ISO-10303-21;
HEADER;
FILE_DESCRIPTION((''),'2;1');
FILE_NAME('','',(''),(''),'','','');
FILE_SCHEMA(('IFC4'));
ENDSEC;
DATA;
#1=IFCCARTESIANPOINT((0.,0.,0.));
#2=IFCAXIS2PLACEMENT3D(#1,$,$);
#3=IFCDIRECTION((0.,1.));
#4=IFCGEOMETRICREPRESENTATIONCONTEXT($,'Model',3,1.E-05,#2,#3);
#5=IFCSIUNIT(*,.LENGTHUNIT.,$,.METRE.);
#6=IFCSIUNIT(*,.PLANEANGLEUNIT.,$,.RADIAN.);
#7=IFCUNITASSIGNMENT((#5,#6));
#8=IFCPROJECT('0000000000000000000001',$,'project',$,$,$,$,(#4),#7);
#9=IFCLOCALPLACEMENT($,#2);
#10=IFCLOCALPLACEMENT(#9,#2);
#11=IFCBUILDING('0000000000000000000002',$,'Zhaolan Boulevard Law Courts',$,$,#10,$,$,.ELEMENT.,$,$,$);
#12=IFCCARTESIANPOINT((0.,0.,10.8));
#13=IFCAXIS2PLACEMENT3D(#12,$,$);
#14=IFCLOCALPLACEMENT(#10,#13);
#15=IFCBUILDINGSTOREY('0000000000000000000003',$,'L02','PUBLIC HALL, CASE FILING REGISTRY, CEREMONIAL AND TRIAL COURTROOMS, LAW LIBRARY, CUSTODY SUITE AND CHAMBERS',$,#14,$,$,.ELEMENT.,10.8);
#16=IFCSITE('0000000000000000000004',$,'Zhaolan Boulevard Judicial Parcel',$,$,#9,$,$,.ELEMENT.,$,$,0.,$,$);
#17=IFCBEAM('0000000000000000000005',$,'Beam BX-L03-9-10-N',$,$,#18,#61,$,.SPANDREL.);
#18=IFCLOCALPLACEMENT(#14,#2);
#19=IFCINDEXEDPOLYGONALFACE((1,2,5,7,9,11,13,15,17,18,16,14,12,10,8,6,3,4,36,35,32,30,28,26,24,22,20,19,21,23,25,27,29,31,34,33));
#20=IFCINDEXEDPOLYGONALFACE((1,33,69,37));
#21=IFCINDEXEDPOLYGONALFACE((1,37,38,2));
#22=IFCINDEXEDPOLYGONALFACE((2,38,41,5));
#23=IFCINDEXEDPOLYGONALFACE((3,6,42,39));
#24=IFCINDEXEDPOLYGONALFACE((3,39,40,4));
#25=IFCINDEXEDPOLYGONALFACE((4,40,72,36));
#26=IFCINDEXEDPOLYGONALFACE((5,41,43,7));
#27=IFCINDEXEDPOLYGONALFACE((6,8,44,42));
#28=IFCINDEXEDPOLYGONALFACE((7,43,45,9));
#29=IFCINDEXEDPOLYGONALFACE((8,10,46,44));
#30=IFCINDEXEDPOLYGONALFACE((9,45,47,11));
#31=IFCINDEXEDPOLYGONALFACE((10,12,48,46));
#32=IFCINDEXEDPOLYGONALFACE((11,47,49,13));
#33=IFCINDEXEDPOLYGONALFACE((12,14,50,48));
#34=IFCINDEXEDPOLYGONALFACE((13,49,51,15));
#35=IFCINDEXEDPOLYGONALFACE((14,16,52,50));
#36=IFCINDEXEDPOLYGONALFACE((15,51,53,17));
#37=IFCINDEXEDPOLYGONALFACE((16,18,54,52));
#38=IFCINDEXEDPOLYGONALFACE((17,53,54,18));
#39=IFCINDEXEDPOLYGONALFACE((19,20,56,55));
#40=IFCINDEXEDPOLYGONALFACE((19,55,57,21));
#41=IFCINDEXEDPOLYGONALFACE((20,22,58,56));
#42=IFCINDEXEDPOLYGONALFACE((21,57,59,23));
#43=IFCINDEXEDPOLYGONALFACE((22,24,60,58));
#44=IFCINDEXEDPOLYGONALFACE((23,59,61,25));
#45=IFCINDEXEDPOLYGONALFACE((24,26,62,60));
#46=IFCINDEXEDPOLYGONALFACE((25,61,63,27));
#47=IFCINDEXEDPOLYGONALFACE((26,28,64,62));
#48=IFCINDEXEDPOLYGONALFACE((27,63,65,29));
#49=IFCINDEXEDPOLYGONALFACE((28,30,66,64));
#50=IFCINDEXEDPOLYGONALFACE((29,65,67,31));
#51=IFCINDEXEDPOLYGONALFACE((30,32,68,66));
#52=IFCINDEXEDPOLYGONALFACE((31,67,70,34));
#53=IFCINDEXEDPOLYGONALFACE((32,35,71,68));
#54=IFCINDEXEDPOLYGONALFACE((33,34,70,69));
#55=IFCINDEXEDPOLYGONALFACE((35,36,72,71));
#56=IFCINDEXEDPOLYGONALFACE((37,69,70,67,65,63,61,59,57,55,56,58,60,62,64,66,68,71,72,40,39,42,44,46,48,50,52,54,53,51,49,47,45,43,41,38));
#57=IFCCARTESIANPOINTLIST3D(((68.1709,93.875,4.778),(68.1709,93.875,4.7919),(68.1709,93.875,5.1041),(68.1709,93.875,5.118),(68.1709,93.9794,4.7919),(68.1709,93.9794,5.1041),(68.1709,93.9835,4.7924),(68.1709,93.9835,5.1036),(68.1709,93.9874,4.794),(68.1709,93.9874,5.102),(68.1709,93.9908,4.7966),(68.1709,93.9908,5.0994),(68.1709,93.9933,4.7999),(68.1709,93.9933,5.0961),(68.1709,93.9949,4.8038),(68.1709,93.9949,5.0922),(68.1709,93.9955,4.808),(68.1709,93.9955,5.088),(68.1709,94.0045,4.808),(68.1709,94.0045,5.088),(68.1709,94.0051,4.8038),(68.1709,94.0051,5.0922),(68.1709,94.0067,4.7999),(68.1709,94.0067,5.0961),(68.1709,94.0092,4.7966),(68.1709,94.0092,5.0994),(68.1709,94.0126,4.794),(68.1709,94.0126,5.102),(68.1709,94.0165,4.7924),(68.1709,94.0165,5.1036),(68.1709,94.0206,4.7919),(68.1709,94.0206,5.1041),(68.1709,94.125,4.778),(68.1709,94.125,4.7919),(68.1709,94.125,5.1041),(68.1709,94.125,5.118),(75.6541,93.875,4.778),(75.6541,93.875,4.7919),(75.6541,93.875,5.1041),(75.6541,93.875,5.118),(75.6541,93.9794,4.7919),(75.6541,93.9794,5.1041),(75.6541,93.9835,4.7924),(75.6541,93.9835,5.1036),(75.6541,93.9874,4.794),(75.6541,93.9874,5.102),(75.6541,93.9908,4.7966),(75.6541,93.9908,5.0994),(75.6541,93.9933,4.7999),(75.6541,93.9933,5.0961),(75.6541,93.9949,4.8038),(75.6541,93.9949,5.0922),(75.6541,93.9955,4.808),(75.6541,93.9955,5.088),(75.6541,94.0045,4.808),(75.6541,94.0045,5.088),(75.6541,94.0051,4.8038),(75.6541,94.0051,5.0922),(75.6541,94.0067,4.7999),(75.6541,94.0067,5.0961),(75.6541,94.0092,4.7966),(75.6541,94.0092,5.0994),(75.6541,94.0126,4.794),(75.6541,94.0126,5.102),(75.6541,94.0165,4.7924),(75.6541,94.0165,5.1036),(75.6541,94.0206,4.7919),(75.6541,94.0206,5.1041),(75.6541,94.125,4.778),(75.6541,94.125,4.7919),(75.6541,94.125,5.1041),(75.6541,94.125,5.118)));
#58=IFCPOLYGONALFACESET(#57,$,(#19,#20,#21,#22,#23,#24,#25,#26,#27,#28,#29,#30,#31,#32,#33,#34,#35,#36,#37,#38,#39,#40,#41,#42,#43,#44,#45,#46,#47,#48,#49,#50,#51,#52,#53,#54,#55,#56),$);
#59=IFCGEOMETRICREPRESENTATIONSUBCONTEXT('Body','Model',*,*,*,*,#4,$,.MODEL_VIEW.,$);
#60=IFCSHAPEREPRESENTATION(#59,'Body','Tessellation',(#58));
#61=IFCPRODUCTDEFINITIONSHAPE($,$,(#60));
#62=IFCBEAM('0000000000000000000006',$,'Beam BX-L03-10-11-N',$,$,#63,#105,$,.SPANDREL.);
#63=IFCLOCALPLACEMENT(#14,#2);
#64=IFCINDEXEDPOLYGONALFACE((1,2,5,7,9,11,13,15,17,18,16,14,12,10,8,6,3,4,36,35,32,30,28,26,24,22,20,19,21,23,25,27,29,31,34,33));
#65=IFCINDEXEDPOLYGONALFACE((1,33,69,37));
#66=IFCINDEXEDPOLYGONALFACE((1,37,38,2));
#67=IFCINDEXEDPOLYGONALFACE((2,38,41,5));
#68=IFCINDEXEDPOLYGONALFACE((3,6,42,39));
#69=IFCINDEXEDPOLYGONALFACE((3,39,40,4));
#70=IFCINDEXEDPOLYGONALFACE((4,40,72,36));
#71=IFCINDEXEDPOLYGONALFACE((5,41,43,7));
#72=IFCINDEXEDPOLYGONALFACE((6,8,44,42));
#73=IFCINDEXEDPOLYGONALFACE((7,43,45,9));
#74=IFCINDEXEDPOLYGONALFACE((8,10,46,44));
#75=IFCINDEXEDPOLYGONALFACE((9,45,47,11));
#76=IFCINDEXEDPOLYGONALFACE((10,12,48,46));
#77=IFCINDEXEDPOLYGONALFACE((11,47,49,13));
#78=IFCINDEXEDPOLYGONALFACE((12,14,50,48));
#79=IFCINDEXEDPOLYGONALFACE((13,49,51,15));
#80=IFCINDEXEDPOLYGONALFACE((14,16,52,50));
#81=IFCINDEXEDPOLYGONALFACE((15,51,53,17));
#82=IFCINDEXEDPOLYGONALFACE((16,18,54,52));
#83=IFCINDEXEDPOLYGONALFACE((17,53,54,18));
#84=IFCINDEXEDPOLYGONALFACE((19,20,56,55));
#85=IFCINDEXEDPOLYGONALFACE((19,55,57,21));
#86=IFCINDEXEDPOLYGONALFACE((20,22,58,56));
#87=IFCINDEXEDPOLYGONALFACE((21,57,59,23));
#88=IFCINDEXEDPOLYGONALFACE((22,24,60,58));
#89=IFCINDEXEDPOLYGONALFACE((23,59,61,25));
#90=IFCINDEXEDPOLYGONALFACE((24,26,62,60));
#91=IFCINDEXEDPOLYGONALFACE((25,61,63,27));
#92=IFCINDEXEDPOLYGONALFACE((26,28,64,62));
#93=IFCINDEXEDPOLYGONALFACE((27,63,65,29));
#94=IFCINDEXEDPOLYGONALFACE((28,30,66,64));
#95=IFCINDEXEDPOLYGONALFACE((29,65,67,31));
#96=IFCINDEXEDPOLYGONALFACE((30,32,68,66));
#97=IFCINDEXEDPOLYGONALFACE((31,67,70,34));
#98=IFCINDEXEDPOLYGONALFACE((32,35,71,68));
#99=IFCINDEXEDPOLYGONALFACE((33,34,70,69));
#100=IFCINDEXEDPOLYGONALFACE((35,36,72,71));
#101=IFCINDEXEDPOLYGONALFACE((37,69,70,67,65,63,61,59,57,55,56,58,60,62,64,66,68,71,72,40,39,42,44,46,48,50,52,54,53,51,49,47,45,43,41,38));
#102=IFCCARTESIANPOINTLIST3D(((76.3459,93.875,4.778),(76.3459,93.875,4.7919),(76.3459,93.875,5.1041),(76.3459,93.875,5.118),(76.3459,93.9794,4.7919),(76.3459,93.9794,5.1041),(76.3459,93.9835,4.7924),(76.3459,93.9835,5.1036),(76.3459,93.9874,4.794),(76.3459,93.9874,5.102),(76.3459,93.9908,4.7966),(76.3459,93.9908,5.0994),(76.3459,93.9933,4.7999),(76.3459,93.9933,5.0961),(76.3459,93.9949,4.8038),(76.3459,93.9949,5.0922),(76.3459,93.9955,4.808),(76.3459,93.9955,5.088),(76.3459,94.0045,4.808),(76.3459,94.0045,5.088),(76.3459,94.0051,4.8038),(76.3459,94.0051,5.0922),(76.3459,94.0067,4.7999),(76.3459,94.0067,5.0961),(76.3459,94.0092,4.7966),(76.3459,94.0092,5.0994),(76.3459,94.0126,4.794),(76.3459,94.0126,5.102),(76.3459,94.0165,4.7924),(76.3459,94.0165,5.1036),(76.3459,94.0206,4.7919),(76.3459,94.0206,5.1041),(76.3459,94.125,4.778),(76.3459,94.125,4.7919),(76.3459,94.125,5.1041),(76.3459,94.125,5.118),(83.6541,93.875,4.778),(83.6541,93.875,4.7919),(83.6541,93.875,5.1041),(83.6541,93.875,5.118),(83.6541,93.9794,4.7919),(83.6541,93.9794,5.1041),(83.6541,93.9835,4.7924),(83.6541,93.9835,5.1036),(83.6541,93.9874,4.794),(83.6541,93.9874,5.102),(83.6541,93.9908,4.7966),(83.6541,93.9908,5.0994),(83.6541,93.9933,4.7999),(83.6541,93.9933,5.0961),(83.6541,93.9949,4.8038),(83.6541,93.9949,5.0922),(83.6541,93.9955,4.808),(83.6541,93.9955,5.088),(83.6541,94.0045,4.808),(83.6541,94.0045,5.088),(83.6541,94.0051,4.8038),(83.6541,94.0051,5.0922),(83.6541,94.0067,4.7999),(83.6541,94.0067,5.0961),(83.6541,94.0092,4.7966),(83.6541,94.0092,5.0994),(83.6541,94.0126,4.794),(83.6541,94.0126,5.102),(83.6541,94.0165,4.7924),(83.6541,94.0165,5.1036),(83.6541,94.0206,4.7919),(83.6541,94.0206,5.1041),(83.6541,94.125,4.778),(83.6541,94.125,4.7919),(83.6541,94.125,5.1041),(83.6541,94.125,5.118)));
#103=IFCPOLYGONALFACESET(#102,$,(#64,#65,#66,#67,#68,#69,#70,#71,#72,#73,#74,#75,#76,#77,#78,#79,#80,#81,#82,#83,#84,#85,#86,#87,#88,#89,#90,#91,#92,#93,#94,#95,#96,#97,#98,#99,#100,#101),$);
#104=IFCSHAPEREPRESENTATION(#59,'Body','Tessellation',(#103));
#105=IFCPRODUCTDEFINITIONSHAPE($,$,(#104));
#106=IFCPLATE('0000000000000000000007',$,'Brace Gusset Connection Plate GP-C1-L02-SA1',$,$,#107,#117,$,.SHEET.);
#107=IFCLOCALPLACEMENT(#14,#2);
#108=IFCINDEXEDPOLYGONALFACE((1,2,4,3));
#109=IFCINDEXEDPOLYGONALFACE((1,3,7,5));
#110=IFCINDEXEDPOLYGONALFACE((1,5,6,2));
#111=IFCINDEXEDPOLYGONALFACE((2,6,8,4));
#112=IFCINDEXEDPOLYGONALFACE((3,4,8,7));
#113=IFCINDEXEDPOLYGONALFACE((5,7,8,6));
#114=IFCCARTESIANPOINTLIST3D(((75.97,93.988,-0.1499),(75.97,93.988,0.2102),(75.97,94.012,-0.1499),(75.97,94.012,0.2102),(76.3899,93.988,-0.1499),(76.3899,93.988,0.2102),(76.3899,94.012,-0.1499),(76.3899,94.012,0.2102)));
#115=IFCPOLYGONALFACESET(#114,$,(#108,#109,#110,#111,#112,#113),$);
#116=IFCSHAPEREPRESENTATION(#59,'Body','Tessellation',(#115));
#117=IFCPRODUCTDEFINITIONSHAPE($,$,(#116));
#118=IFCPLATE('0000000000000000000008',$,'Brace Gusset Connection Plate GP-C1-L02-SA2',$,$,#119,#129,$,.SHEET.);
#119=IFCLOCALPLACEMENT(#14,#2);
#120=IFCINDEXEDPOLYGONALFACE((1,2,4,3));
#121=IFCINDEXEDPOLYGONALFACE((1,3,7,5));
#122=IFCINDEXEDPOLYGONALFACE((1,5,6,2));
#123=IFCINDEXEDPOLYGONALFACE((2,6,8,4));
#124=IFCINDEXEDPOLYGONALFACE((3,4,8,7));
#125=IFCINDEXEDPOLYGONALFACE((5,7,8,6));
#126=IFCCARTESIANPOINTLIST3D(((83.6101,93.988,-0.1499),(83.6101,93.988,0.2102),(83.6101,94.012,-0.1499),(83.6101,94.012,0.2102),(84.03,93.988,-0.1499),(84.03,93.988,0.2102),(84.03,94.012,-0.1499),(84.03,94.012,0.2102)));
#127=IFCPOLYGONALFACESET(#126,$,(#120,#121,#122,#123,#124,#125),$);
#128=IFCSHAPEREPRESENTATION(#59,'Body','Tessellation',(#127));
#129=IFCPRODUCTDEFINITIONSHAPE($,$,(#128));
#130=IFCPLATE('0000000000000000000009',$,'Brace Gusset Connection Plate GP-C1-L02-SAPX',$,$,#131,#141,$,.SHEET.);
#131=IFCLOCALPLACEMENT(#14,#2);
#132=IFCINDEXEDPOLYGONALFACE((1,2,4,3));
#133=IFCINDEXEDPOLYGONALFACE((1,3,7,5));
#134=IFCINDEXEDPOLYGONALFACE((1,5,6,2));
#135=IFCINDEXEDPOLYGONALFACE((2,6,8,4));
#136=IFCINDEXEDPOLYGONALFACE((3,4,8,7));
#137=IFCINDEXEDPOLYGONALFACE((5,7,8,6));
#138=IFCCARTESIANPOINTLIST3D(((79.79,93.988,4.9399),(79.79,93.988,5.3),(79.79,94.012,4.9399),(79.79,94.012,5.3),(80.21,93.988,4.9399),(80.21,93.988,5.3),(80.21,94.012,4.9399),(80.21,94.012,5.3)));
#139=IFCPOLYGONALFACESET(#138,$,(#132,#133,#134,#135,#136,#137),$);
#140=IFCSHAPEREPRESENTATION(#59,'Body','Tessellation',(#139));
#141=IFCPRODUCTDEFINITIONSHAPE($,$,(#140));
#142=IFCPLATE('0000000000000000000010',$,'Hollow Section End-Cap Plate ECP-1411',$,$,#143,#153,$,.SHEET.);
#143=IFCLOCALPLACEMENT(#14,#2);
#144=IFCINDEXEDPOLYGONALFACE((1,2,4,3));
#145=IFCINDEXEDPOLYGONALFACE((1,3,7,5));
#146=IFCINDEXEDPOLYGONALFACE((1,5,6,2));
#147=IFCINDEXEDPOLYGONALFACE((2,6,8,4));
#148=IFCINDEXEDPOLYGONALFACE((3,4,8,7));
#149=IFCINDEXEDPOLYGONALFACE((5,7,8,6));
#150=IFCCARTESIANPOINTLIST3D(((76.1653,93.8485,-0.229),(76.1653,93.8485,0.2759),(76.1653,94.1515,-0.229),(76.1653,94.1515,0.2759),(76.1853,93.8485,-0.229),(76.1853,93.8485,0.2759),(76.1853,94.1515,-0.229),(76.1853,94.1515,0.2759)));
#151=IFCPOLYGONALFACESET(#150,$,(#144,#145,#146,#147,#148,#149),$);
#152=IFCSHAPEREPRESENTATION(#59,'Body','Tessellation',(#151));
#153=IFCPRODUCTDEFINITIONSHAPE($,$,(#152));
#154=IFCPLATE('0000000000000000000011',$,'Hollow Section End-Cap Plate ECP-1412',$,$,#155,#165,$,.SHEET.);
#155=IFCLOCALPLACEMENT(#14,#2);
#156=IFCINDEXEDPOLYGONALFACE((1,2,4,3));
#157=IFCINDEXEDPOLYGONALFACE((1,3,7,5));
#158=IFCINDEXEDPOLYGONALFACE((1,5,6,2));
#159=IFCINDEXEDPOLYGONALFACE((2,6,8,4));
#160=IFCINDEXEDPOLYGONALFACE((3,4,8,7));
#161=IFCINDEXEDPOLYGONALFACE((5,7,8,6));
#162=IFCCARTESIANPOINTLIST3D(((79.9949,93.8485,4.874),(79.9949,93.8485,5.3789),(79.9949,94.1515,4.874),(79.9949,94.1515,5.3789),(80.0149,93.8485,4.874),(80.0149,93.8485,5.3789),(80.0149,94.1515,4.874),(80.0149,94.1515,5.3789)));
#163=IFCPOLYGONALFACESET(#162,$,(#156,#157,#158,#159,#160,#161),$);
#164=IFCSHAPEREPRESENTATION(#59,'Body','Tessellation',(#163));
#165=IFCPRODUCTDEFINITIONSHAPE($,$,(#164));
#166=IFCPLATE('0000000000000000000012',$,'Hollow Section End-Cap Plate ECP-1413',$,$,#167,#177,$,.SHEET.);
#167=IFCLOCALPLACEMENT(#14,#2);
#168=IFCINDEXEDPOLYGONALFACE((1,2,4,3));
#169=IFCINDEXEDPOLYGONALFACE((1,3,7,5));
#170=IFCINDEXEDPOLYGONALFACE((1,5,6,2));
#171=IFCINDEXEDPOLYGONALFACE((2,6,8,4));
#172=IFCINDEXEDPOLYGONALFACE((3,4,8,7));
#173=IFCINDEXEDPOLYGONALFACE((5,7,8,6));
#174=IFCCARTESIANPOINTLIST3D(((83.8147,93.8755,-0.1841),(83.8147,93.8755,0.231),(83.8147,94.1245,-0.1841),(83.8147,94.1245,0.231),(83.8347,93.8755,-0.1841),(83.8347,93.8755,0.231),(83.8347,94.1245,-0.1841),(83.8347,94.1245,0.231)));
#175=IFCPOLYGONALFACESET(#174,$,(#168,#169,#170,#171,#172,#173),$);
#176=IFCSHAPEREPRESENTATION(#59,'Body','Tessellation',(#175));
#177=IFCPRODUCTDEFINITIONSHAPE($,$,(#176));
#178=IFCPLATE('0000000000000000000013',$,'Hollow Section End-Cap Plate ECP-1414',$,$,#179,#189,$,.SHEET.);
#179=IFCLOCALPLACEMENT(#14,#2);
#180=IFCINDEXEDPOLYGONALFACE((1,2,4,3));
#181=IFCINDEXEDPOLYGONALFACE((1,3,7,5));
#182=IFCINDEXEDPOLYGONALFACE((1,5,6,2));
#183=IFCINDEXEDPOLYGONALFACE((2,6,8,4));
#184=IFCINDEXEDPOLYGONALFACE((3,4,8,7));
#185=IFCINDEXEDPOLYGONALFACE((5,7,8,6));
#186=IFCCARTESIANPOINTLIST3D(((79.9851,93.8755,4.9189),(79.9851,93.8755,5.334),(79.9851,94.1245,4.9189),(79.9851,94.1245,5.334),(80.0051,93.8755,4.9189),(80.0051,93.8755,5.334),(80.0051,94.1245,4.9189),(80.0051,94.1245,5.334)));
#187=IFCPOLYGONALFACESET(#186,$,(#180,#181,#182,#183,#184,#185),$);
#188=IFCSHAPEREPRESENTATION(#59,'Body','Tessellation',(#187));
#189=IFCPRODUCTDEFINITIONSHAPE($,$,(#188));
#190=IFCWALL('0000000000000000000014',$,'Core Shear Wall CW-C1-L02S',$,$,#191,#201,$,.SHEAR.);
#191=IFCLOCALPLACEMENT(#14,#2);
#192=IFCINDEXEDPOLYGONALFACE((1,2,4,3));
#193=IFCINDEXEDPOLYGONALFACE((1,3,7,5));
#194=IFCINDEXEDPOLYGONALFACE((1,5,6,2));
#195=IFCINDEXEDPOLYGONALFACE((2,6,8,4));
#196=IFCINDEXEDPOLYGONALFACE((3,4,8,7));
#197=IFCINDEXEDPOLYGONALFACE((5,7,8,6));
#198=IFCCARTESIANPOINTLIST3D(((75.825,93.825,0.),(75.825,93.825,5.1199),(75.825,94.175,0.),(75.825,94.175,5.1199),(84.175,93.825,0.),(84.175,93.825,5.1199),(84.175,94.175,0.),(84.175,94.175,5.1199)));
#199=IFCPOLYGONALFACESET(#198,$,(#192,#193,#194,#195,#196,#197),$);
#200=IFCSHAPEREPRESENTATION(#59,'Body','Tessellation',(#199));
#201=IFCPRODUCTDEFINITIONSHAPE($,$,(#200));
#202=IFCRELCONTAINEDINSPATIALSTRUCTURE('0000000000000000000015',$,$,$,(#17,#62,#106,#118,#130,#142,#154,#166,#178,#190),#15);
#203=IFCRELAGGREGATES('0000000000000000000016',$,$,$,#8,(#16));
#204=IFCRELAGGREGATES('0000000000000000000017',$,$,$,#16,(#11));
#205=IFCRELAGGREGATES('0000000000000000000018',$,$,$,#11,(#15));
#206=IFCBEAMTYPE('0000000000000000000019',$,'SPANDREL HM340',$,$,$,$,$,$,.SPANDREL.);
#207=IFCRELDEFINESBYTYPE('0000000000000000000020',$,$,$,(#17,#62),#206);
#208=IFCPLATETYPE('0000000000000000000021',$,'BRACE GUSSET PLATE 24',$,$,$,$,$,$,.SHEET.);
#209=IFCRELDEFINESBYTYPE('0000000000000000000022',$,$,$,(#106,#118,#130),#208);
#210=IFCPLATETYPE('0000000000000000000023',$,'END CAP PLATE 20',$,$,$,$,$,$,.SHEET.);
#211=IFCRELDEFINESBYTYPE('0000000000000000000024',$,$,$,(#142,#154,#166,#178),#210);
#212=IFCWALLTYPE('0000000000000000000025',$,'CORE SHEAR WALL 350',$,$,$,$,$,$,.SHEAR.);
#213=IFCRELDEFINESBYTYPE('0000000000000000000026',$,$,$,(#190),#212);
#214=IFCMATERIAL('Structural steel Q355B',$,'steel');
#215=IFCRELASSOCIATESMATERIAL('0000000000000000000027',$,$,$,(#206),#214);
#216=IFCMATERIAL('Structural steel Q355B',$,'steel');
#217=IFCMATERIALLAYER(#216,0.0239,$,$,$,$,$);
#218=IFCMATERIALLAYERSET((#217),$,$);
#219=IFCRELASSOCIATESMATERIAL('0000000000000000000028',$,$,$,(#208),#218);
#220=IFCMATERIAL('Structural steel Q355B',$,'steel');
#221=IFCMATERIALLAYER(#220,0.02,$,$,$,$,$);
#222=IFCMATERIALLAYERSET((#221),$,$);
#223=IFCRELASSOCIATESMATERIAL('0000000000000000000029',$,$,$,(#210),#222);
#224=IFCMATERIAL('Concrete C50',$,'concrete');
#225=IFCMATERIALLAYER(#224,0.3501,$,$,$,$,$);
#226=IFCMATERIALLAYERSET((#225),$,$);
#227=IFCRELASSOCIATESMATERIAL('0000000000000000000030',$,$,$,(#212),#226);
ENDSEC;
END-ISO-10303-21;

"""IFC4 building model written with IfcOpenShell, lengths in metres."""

from ifc_helpers import new_model, si_unit, direction, frame, frame_2d, origin, origin_2d, place, context, subcontext, project, spatial, rectangle, i_section, extrude, material, layer, layer_set, material_profile, profile_set, type_object, element, save


model = new_model("IFC4")

# Units and contexts
model_context = context("Model", 3, precision=1e-05, world=origin(), true_north=direction((0.0, 1.0)))
body_context = subcontext(model_context, "Body", "Model", "MODEL_VIEW")
ifc_project = project(units=[si_unit("LENGTHUNIT", "METRE"), si_unit("PLANEANGLEUNIT", "RADIAN")], contexts=[model_context])

# Site, building, storey
site_placement = place(None, origin())
site = spatial("IfcSite", under=ifc_project, at=site_placement, Name="Zhaolan Boulevard Judicial Parcel", CompositionType="ELEMENT", RefElevation=0.0)
building_placement = place(site_placement, origin())
building = spatial("IfcBuilding", under=site, at=building_placement, Name="Zhaolan Boulevard Law Courts", CompositionType="ELEMENT")
storey_placement = place(building_placement, frame((0.0, 0.0, 10.8)))
storey = spatial("IfcBuildingStorey", under=building, at=storey_placement, Name="L02", Description="PUBLIC HALL, CASE FILING REGISTRY, CEREMONIAL AND TRIAL COURTROOMS, LAW LIBRARY, CUSTODY SUITE AND CHAMBERS", CompositionType="ELEMENT", Elevation=10.8)

# Beams
ifc_material_1 = material(Name="Structural steel Q355B", Category="steel")
ifc_material_profile_1 = material_profile(ifc_material_1, i_section(OverallWidth=0.25, OverallDepth=0.3401, WebThickness=0.009, FlangeThickness=0.0139, FilletRadius=0.0161, at=origin_2d()), Name="HM340x250")
ifc_profile_set_1 = profile_set([ifc_material_profile_1], Name="Structural steel Q355B")
beam_type_1 = type_object("IfcBeamType", Name="SPANDREL HM340", PredefinedType="SPANDREL", material=ifc_profile_set_1)
beam_1_placement = place(storey_placement, frame((68.1709, 94.0, 4.948), z_axis=(1.0, 0.0, 0.0), x_axis=(0.0, 1.0, 0.0)))
element("IfcBeam", 1, at=beam_1_placement, inside=storey, type_object=beam_type_1, Name="Beam BX-L03-9-10-N", PredefinedType="SPANDREL", context=body_context, shape_type="SweptSolid", body=[
    extrude(i_section(OverallWidth=0.25, OverallDepth=0.3401, WebThickness=0.009, FlangeThickness=0.0139, FilletRadius=0.0161, at=origin_2d()), origin(), (0.0, 0.0, 1.0), 7.4832),
])
beam_2_placement = place(storey_placement, frame((76.3459, 94.0, 4.948), z_axis=(1.0, 0.0, 0.0), x_axis=(0.0, 1.0, 0.0)))
element("IfcBeam", 2, at=beam_2_placement, inside=storey, type_object=beam_type_1, Name="Beam BX-L03-10-11-N", PredefinedType="SPANDREL", context=body_context, shape_type="SweptSolid", body=[
    extrude(i_section(OverallWidth=0.25, OverallDepth=0.3401, WebThickness=0.009, FlangeThickness=0.0139, FilletRadius=0.0161, at=origin_2d()), origin(), (0.0, 0.0, 1.0), 7.3081),
])

# Plates
ifc_material_2 = material(Name="Structural steel Q355B", Category="steel")
ifc_layer_1 = layer(ifc_material_2, 0.0239)
ifc_layer_set_1 = layer_set([ifc_layer_1])
plate_type_1 = type_object("IfcPlateType", Name="BRACE GUSSET PLATE 24", PredefinedType="SHEET", material=ifc_layer_set_1)
for number, where, z_axis, x_axis, name in (
    (3, (76.1799, 94.0, -0.1499), (0.0, 0.0, 1.0), (1.0, 0.0, 0.0), "Brace Gusset Connection Plate GP-C1-L02-SA1"),
    (4, (83.8201, 94.0, -0.1499), (0.0, 0.0, 1.0), (1.0, 0.0, 0.0), "Brace Gusset Connection Plate GP-C1-L02-SA2"),
    (5, (80.0, 94.0, 4.9399), (0.0, 0.0, 1.0), (1.0, 0.0, 0.0), "Brace Gusset Connection Plate GP-C1-L02-SAPX"),
):
    element("IfcPlate", number, at=place(storey_placement, frame(where, z_axis=z_axis, x_axis=x_axis)), inside=storey, type_object=plate_type_1, Name=name, PredefinedType="SHEET", context=body_context, shape_type="SweptSolid", body=[
        extrude(rectangle(XDim=0.4199, YDim=0.0239, at=origin_2d()), origin(), (0.0, 0.0, 1.0), 0.3601),
    ])
ifc_material_3 = material(Name="Structural steel Q355B", Category="steel")
ifc_layer_2 = layer(ifc_material_3, 0.02)
ifc_layer_set_2 = layer_set([ifc_layer_2])
plate_type_2 = type_object("IfcPlateType", Name="END CAP PLATE 20", PredefinedType="SHEET", material=ifc_layer_set_2)
for number, where, z_axis, x_axis, name in (
    (6, (76.1753, 94.0, -0.229), (0.0, 0.0, 1.0), (1.0, 0.0, 0.0), "Hollow Section End-Cap Plate ECP-1411"),
    (7, (80.0049, 94.0, 4.874), (0.0, 0.0, 1.0), (1.0, 0.0, 0.0), "Hollow Section End-Cap Plate ECP-1412"),
):
    element("IfcPlate", number, at=place(storey_placement, frame(where, z_axis=z_axis, x_axis=x_axis)), inside=storey, type_object=plate_type_2, Name=name, PredefinedType="SHEET", context=body_context, shape_type="SweptSolid", body=[
        extrude(rectangle(XDim=0.02, YDim=0.303, at=origin_2d()), origin(), (0.0, 0.0, 1.0), 0.5049),
    ])
for number, where, z_axis, x_axis, name in (
    (8, (83.8247, 94.0, -0.1841), (0.0, 0.0, 1.0), (-1.0, 0.0, 0.0), "Hollow Section End-Cap Plate ECP-1413"),
    (9, (79.9951, 94.0, 4.9189), (0.0, 0.0, 1.0), (-1.0, 0.0, 0.0), "Hollow Section End-Cap Plate ECP-1414"),
):
    element("IfcPlate", number, at=place(storey_placement, frame(where, z_axis=z_axis, x_axis=x_axis)), inside=storey, type_object=plate_type_2, Name=name, PredefinedType="SHEET", context=body_context, shape_type="SweptSolid", body=[
        extrude(rectangle(XDim=0.02, YDim=0.249, at=origin_2d()), origin(), (0.0, 0.0, 1.0), 0.415),
    ])

# Wall
ifc_material_4 = material(Name="Concrete C50", Category="concrete")
ifc_layer_3 = layer(ifc_material_4, 0.3501)
ifc_layer_set_3 = layer_set([ifc_layer_3])
wall_type_1 = type_object("IfcWallType", Name="CORE SHEAR WALL 350", PredefinedType="SHEAR", material=ifc_layer_set_3)
wall_1_placement = place(storey_placement, frame((75.825, 94.0, 0.0), z_axis=(0.0, 0.0, 1.0), x_axis=(1.0, 0.0, 0.0)))
element("IfcWall", 10, at=wall_1_placement, inside=storey, type_object=wall_type_1, Name="Core Shear Wall CW-C1-L02S", PredefinedType="SHEAR", context=body_context, shape_type="SweptSolid", body=[
    extrude(rectangle(XDim=8.3501, YDim=0.3501, at=frame_2d((4.175, 0.0))), origin(), (0.0, 0.0, 1.0), 5.1199),
])

save(model, "model.ifc")
